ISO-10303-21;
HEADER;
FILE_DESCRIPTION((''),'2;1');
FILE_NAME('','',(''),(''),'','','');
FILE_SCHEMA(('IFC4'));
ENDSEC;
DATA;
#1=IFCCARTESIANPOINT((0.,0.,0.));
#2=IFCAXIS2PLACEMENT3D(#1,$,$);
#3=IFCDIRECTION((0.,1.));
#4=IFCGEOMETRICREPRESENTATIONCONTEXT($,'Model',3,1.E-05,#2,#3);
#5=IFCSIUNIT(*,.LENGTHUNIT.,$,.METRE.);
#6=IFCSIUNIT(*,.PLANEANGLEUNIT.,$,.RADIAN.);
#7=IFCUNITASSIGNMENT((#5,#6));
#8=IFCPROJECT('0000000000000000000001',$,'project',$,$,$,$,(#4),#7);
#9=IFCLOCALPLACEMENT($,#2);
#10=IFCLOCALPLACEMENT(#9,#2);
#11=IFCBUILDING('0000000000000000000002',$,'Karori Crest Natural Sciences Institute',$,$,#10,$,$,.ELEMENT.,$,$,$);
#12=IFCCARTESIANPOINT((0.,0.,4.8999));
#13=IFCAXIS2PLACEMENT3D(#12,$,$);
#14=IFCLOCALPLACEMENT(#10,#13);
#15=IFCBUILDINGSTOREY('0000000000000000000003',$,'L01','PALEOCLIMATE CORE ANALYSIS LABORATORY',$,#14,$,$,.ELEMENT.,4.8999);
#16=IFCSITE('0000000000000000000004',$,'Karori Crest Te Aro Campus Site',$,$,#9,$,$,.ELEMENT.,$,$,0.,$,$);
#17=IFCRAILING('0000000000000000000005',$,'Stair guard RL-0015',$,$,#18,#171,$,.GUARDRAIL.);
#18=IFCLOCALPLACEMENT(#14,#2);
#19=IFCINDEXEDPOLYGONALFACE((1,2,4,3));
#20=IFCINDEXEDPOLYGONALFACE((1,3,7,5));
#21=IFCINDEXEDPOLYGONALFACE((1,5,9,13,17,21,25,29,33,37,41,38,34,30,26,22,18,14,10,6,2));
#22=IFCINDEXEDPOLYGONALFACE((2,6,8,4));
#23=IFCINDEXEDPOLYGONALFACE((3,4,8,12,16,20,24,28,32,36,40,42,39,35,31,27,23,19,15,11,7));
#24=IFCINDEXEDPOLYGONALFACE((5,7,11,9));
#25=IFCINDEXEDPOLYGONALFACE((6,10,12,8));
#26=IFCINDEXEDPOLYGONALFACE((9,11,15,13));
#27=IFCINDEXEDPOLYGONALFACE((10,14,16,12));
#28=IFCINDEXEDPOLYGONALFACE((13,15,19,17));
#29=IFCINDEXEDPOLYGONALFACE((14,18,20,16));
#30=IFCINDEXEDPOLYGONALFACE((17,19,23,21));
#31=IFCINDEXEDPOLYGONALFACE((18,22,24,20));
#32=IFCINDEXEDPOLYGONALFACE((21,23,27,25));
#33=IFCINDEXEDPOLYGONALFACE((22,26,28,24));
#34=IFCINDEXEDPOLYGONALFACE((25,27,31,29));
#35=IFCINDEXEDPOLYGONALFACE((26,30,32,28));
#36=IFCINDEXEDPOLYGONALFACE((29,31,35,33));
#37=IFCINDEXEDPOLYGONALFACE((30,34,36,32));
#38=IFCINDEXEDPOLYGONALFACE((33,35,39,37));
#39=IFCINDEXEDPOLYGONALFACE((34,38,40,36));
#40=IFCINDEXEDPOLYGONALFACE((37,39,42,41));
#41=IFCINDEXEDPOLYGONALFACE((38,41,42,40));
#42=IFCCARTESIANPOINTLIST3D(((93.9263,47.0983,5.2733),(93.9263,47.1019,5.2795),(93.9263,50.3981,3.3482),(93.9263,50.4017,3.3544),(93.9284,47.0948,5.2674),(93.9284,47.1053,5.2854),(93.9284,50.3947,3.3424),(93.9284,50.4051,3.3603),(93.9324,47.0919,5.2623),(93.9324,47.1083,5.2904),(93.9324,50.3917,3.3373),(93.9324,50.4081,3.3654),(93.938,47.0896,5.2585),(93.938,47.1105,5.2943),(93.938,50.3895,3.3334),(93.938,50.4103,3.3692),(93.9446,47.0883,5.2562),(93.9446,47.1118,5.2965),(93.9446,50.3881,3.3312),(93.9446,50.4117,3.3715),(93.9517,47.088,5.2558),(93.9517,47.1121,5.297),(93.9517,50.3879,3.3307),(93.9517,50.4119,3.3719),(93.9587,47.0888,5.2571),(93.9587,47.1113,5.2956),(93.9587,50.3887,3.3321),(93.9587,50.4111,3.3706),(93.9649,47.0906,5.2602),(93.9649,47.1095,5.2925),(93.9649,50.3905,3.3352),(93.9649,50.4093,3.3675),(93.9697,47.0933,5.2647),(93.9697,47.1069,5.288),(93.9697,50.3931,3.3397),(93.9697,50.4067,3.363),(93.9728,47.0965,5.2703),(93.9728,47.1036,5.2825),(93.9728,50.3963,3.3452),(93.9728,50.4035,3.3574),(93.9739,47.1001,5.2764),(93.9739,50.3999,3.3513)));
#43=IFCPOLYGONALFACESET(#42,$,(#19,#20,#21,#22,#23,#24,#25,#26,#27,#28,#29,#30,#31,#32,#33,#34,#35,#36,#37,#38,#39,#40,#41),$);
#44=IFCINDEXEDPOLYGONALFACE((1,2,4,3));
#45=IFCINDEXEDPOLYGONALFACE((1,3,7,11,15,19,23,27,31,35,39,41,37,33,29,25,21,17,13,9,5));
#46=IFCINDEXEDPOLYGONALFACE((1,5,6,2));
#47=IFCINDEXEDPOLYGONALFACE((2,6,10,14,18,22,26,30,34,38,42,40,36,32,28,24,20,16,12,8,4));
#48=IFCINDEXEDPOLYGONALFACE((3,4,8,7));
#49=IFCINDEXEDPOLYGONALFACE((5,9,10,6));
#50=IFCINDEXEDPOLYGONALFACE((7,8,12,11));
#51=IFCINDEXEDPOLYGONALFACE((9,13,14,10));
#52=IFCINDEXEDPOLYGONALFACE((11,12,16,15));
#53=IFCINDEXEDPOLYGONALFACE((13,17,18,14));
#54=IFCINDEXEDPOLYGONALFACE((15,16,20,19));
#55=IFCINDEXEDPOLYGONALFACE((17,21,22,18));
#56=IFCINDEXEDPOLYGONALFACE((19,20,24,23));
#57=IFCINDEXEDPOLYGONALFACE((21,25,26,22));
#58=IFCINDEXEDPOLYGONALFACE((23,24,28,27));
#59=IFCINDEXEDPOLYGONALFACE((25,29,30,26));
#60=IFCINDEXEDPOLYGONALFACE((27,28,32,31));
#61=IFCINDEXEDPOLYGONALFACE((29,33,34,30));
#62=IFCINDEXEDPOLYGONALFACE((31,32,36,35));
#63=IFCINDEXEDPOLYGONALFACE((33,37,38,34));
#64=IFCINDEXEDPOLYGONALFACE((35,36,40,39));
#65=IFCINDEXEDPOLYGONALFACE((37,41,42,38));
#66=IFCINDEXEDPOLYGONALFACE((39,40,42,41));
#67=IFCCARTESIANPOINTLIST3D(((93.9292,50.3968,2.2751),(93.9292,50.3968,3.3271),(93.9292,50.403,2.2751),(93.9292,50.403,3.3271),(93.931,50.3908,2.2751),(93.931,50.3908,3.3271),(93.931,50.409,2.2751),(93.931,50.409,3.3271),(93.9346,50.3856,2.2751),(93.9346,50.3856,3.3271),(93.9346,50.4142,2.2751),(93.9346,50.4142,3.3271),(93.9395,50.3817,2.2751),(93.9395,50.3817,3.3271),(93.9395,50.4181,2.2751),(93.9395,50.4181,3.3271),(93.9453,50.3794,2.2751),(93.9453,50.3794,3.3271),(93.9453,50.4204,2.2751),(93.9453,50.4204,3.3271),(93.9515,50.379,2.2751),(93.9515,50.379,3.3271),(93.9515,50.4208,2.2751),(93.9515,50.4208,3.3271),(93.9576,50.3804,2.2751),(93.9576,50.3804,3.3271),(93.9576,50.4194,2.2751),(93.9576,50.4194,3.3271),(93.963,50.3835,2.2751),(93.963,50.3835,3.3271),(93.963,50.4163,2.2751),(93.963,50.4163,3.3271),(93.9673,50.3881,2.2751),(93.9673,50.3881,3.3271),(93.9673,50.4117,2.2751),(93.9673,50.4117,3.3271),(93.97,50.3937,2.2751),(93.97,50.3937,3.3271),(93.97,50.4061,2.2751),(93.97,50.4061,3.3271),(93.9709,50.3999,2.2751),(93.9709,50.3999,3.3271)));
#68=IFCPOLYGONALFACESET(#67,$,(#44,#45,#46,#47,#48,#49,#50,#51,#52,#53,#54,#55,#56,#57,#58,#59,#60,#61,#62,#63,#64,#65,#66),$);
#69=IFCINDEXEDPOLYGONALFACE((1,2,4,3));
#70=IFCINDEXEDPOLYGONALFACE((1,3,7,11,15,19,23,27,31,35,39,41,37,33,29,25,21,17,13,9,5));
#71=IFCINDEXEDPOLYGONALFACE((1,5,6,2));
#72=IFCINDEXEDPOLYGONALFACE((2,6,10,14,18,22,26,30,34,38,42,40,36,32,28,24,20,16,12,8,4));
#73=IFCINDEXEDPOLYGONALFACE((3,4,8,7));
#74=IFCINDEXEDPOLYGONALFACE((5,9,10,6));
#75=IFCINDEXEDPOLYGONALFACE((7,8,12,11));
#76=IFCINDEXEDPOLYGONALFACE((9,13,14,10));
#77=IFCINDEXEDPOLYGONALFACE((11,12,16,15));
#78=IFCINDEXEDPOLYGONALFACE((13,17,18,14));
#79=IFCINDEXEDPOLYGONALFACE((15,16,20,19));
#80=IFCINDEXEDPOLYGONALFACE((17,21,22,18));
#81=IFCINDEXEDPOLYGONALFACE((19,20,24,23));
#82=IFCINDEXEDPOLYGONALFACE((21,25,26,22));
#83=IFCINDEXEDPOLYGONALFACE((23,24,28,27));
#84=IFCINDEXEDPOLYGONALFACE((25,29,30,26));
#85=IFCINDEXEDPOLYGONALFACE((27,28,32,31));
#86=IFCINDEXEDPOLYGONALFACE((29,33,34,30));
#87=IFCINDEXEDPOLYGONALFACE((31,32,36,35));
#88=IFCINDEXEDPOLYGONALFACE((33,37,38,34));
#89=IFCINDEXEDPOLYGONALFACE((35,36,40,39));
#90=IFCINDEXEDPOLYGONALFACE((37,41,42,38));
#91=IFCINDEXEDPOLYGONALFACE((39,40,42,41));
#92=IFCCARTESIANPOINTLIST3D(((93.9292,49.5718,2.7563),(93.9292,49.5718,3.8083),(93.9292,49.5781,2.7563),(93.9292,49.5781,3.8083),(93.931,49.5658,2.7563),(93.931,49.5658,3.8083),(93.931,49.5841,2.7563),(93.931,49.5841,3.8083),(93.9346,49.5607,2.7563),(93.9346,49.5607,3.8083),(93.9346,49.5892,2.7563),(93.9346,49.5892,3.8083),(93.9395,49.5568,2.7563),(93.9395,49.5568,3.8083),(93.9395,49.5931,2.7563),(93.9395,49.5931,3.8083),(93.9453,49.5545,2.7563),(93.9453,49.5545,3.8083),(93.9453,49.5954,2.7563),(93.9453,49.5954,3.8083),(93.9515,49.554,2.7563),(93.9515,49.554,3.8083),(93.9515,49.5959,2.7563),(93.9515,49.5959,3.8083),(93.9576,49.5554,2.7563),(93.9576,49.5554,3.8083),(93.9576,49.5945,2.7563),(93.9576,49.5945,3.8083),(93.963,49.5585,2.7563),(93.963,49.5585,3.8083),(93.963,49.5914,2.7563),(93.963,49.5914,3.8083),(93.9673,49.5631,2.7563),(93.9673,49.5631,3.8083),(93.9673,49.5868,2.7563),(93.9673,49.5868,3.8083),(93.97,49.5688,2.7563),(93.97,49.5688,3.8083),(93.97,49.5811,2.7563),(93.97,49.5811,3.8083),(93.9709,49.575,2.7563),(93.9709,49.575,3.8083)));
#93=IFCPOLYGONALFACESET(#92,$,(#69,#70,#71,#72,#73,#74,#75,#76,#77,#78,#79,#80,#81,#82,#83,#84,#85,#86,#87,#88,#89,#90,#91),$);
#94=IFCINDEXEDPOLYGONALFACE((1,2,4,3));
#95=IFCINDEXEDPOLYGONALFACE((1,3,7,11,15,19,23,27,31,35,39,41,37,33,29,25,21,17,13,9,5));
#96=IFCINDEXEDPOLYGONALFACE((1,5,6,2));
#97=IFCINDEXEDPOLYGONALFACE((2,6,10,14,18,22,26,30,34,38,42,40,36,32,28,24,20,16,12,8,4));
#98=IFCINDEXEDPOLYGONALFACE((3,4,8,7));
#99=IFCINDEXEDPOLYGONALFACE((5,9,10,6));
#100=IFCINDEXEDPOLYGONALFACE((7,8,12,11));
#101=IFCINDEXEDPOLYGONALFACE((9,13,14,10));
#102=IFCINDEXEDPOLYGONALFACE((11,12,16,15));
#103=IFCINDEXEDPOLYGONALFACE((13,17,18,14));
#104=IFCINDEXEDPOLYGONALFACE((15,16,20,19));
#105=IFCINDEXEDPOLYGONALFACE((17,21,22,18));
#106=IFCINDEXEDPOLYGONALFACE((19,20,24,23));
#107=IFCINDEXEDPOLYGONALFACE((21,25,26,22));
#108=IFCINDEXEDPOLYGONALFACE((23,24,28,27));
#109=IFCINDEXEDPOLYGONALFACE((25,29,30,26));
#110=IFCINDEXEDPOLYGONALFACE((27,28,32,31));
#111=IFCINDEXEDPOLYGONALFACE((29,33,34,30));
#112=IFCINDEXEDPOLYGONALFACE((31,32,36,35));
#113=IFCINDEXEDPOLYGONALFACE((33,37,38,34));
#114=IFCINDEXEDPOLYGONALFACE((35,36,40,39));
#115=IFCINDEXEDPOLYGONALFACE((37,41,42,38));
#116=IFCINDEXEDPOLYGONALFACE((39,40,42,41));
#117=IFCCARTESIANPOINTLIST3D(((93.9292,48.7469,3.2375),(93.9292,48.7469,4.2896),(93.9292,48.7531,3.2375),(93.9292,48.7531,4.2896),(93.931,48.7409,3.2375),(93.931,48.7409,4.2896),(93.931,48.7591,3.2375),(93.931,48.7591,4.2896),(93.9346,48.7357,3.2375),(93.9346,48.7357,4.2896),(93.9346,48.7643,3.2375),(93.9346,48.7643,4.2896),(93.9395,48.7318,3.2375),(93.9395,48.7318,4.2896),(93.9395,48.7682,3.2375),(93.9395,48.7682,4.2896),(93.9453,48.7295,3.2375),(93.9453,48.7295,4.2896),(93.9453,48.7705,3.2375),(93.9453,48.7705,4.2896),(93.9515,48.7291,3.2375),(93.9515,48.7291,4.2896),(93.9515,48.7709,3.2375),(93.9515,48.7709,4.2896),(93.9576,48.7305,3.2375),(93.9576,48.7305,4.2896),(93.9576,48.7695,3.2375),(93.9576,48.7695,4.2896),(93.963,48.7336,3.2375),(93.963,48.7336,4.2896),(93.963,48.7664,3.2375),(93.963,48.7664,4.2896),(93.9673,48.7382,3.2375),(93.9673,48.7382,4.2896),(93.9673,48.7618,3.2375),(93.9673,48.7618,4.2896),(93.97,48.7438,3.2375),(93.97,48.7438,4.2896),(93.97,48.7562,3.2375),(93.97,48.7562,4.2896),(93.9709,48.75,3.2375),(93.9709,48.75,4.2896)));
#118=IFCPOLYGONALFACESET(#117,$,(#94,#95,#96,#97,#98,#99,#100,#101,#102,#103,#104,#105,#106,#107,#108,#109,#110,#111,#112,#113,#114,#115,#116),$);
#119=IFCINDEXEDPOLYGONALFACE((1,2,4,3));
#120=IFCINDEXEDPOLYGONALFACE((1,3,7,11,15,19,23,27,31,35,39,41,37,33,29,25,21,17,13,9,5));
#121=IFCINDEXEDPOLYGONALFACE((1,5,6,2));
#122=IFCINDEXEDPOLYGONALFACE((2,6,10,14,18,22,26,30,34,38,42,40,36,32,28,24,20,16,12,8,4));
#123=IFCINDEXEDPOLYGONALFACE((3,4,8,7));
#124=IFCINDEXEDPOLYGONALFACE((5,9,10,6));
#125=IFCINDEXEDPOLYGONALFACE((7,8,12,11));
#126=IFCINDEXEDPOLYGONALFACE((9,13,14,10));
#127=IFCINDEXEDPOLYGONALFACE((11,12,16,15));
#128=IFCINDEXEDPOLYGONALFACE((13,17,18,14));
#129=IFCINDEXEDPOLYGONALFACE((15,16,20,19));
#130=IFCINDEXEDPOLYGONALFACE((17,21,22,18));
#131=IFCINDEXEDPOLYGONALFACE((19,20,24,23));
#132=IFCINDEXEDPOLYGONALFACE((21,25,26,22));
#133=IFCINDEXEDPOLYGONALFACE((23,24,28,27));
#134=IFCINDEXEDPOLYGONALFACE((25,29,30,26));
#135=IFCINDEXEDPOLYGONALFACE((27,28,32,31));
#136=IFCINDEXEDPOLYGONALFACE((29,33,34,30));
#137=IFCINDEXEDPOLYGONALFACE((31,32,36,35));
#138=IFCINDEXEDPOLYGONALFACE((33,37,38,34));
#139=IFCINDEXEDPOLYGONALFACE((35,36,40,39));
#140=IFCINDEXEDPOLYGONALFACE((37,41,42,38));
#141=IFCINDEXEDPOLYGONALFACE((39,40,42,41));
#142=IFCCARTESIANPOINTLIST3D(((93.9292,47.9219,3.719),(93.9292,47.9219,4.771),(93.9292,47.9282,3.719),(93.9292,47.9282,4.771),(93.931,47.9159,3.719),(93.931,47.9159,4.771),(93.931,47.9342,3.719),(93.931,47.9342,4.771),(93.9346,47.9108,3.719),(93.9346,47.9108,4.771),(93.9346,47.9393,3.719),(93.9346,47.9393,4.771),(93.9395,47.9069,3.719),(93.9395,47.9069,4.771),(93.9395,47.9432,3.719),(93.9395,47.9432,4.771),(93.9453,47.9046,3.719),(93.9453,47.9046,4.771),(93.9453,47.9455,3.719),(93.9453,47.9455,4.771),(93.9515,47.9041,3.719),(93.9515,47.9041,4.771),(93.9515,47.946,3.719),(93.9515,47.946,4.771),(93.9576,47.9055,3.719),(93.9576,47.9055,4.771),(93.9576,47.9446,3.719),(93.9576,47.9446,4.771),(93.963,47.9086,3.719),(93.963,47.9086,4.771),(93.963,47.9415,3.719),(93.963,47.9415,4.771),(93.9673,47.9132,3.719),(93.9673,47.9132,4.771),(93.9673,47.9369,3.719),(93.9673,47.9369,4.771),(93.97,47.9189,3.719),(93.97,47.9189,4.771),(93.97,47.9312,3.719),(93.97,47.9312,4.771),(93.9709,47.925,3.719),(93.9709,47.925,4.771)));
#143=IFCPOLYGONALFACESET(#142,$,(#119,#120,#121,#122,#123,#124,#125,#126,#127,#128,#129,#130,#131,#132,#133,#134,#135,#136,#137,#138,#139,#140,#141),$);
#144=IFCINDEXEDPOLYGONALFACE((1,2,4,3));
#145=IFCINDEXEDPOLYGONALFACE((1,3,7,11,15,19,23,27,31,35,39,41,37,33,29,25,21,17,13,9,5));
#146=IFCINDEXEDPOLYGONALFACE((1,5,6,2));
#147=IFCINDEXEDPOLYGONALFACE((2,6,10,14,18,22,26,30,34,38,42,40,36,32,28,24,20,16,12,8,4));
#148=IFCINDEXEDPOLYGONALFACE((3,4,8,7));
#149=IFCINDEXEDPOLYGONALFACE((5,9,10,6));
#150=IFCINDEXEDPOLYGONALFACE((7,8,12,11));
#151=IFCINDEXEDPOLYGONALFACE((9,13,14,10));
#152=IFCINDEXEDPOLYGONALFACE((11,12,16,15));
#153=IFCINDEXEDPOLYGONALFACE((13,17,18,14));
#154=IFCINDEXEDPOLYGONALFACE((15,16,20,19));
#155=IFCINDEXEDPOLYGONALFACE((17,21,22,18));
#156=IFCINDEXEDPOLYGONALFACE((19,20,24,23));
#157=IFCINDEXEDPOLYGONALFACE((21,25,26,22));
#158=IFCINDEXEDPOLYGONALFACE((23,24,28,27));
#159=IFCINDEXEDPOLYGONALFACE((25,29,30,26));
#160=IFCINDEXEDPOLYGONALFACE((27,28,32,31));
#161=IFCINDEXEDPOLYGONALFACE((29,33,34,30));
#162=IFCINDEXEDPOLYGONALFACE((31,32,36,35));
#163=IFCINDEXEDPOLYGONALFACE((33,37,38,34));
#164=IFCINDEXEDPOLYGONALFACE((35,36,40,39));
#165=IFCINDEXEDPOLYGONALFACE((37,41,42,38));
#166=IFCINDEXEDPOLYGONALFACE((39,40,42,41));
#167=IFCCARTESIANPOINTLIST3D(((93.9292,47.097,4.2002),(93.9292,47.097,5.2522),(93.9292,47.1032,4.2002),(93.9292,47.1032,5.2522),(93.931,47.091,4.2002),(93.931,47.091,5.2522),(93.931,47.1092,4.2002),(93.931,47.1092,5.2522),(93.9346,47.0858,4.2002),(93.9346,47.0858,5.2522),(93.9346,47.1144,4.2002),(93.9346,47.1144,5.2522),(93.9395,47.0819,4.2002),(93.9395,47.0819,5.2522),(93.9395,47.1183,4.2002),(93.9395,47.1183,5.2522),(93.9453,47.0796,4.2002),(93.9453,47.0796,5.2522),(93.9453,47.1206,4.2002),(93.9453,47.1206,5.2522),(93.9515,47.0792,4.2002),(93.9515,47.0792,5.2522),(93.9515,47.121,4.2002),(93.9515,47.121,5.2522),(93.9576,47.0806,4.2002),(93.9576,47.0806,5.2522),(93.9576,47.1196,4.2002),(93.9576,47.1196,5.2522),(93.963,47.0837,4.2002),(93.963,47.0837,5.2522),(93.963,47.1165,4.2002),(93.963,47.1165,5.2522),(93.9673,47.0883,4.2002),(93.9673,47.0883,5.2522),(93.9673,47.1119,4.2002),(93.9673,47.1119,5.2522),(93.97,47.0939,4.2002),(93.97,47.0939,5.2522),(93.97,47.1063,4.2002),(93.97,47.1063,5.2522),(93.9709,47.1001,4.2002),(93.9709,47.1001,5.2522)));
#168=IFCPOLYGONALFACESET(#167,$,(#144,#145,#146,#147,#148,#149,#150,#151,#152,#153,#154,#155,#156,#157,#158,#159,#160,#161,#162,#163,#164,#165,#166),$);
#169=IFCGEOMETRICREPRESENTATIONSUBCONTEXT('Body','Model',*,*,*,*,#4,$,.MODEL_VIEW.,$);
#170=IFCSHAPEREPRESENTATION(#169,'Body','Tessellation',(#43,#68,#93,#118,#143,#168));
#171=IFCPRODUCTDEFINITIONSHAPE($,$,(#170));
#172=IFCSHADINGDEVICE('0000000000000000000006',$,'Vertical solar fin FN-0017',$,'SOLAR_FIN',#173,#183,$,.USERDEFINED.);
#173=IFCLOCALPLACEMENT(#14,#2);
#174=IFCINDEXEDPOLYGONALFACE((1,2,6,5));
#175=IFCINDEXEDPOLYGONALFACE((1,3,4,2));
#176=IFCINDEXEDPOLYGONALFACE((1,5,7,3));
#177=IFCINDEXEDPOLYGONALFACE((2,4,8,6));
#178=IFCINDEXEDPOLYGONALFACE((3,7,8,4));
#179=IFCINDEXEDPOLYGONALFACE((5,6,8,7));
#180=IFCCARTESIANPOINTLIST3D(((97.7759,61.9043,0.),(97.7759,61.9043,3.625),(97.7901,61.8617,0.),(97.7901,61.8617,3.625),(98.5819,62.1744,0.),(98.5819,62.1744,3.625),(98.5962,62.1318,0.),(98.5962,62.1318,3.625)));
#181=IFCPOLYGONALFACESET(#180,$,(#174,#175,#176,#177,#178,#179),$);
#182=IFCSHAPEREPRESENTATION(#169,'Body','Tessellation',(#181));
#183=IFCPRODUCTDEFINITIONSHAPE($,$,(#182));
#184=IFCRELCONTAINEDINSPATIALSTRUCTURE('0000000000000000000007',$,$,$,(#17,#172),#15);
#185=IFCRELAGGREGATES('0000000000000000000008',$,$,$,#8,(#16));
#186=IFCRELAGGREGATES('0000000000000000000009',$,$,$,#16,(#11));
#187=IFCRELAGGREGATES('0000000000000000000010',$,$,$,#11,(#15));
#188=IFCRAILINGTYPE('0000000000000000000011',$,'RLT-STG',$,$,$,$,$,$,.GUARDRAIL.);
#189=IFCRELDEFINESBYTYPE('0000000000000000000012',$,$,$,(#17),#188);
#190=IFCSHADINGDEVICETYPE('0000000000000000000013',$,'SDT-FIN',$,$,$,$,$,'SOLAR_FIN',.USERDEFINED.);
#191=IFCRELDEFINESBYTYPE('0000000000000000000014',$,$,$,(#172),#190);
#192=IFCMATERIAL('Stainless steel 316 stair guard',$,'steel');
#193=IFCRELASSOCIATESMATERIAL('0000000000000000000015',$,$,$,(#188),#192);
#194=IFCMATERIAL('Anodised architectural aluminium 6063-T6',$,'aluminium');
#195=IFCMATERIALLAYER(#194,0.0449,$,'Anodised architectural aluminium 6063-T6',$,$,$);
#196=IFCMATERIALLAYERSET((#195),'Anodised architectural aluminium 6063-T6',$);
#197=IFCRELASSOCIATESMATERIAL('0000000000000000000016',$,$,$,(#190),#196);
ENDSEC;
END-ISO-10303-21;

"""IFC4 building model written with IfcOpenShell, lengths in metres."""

from ifc_helpers import new_model, si_unit, direction, frame, origin, origin_2d, place, context, subcontext, project, spatial, rectangle, circle, extrude, material, layer, layer_set, type_object, element, save


model = new_model("IFC4")

# Units and contexts
model_context = context("Model", 3, precision=1e-05, world=origin(), true_north=direction((0.0, 1.0)))
body_context = subcontext(model_context, "Body", "Model", "MODEL_VIEW")
ifc_project = project(units=[si_unit("LENGTHUNIT", "METRE"), si_unit("PLANEANGLEUNIT", "RADIAN")], contexts=[model_context])

# Site, building, storey
site_placement = place(None, origin())
site = spatial("IfcSite", under=ifc_project, at=site_placement, Name="Karori Crest Te Aro Campus Site", CompositionType="ELEMENT", RefElevation=0.0)
building_placement = place(site_placement, origin())
building = spatial("IfcBuilding", under=site, at=building_placement, Name="Karori Crest Natural Sciences Institute", CompositionType="ELEMENT")
storey_placement = place(building_placement, frame((0.0, 0.0, 4.8999)))
storey = spatial("IfcBuildingStorey", under=building, at=storey_placement, Name="L01", Description="PALEOCLIMATE CORE ANALYSIS LABORATORY", CompositionType="ELEMENT", Elevation=4.8999)

# Shared definitions
ifc_material_1 = material(Name="Anodised architectural aluminium 6063-T6", Category="aluminium")

# Railing
ifc_material_2 = material(Name="Stainless steel 316 stair guard", Category="steel")
railing_type = type_object("IfcRailingType", Name="RLT-STG", PredefinedType="GUARDRAIL", material=ifc_material_2)
railing_1_placement = place(storey_placement, frame((93.95, 50.3999, 2.2751)))
element("IfcRailing", 1, at=railing_1_placement, inside=storey, type_object=railing_type, Name="Stair guard RL-0015", PredefinedType="GUARDRAIL", context=body_context, shape_type="SweptSolid", body=[
    extrude(circle(Radius=0.0239, at=origin_2d()), frame((0.0, 0.0, 1.0762), z_axis=(0.0, -0.86376, 0.503903), x_axis=(1.0, 0.0, 0.0)), (0.0, 0.0, 1.0), 3.8203),
    extrude(circle(Radius=0.021, at=origin_2d()), origin(), (0.0, 0.0, 1.0), 1.052),
    extrude(circle(Radius=0.021, at=origin_2d()), frame((0.0, -0.825, 0.4812)), (0.0, 0.0, 1.0), 1.052),
    extrude(circle(Radius=0.021, at=origin_2d()), frame((0.0, -1.6499, 0.9624)), (0.0, 0.0, 1.0), 1.052),
    extrude(circle(Radius=0.021, at=origin_2d()), frame((0.0, -2.4749, 1.4438)), (0.0, 0.0, 1.0), 1.052),
    extrude(circle(Radius=0.021, at=origin_2d()), frame((0.0, -3.2998, 1.925)), (0.0, 0.0, 1.0), 1.052),
])

# Shading device
ifc_layer_1 = layer(ifc_material_1, 0.0449, Name="Anodised architectural aluminium 6063-T6")
ifc_layer_set_1 = layer_set([ifc_layer_1], Name="Anodised architectural aluminium 6063-T6")
shading_device_type = type_object("IfcShadingDeviceType", Name="SDT-FIN", ElementType="SOLAR_FIN", PredefinedType="USERDEFINED", material=ifc_layer_set_1)
shading_device_placement = place(storey_placement, frame((98.186, 62.0181, 0.0), z_axis=(0.0, 0.0, 1.0), x_axis=(0.948196, 0.317685, 0.0)))
element("IfcShadingDevice", 2, at=shading_device_placement, inside=storey, type_object=shading_device_type, Name="Vertical solar fin FN-0017", ObjectType="SOLAR_FIN", PredefinedType="USERDEFINED", context=body_context, shape_type="SweptSolid", body=[
    extrude(rectangle(XDim=0.8501, YDim=0.0449, at=origin_2d()), origin(), (0.0, 0.0, 1.0), 3.625),
])

save(model, "model.ifc")
